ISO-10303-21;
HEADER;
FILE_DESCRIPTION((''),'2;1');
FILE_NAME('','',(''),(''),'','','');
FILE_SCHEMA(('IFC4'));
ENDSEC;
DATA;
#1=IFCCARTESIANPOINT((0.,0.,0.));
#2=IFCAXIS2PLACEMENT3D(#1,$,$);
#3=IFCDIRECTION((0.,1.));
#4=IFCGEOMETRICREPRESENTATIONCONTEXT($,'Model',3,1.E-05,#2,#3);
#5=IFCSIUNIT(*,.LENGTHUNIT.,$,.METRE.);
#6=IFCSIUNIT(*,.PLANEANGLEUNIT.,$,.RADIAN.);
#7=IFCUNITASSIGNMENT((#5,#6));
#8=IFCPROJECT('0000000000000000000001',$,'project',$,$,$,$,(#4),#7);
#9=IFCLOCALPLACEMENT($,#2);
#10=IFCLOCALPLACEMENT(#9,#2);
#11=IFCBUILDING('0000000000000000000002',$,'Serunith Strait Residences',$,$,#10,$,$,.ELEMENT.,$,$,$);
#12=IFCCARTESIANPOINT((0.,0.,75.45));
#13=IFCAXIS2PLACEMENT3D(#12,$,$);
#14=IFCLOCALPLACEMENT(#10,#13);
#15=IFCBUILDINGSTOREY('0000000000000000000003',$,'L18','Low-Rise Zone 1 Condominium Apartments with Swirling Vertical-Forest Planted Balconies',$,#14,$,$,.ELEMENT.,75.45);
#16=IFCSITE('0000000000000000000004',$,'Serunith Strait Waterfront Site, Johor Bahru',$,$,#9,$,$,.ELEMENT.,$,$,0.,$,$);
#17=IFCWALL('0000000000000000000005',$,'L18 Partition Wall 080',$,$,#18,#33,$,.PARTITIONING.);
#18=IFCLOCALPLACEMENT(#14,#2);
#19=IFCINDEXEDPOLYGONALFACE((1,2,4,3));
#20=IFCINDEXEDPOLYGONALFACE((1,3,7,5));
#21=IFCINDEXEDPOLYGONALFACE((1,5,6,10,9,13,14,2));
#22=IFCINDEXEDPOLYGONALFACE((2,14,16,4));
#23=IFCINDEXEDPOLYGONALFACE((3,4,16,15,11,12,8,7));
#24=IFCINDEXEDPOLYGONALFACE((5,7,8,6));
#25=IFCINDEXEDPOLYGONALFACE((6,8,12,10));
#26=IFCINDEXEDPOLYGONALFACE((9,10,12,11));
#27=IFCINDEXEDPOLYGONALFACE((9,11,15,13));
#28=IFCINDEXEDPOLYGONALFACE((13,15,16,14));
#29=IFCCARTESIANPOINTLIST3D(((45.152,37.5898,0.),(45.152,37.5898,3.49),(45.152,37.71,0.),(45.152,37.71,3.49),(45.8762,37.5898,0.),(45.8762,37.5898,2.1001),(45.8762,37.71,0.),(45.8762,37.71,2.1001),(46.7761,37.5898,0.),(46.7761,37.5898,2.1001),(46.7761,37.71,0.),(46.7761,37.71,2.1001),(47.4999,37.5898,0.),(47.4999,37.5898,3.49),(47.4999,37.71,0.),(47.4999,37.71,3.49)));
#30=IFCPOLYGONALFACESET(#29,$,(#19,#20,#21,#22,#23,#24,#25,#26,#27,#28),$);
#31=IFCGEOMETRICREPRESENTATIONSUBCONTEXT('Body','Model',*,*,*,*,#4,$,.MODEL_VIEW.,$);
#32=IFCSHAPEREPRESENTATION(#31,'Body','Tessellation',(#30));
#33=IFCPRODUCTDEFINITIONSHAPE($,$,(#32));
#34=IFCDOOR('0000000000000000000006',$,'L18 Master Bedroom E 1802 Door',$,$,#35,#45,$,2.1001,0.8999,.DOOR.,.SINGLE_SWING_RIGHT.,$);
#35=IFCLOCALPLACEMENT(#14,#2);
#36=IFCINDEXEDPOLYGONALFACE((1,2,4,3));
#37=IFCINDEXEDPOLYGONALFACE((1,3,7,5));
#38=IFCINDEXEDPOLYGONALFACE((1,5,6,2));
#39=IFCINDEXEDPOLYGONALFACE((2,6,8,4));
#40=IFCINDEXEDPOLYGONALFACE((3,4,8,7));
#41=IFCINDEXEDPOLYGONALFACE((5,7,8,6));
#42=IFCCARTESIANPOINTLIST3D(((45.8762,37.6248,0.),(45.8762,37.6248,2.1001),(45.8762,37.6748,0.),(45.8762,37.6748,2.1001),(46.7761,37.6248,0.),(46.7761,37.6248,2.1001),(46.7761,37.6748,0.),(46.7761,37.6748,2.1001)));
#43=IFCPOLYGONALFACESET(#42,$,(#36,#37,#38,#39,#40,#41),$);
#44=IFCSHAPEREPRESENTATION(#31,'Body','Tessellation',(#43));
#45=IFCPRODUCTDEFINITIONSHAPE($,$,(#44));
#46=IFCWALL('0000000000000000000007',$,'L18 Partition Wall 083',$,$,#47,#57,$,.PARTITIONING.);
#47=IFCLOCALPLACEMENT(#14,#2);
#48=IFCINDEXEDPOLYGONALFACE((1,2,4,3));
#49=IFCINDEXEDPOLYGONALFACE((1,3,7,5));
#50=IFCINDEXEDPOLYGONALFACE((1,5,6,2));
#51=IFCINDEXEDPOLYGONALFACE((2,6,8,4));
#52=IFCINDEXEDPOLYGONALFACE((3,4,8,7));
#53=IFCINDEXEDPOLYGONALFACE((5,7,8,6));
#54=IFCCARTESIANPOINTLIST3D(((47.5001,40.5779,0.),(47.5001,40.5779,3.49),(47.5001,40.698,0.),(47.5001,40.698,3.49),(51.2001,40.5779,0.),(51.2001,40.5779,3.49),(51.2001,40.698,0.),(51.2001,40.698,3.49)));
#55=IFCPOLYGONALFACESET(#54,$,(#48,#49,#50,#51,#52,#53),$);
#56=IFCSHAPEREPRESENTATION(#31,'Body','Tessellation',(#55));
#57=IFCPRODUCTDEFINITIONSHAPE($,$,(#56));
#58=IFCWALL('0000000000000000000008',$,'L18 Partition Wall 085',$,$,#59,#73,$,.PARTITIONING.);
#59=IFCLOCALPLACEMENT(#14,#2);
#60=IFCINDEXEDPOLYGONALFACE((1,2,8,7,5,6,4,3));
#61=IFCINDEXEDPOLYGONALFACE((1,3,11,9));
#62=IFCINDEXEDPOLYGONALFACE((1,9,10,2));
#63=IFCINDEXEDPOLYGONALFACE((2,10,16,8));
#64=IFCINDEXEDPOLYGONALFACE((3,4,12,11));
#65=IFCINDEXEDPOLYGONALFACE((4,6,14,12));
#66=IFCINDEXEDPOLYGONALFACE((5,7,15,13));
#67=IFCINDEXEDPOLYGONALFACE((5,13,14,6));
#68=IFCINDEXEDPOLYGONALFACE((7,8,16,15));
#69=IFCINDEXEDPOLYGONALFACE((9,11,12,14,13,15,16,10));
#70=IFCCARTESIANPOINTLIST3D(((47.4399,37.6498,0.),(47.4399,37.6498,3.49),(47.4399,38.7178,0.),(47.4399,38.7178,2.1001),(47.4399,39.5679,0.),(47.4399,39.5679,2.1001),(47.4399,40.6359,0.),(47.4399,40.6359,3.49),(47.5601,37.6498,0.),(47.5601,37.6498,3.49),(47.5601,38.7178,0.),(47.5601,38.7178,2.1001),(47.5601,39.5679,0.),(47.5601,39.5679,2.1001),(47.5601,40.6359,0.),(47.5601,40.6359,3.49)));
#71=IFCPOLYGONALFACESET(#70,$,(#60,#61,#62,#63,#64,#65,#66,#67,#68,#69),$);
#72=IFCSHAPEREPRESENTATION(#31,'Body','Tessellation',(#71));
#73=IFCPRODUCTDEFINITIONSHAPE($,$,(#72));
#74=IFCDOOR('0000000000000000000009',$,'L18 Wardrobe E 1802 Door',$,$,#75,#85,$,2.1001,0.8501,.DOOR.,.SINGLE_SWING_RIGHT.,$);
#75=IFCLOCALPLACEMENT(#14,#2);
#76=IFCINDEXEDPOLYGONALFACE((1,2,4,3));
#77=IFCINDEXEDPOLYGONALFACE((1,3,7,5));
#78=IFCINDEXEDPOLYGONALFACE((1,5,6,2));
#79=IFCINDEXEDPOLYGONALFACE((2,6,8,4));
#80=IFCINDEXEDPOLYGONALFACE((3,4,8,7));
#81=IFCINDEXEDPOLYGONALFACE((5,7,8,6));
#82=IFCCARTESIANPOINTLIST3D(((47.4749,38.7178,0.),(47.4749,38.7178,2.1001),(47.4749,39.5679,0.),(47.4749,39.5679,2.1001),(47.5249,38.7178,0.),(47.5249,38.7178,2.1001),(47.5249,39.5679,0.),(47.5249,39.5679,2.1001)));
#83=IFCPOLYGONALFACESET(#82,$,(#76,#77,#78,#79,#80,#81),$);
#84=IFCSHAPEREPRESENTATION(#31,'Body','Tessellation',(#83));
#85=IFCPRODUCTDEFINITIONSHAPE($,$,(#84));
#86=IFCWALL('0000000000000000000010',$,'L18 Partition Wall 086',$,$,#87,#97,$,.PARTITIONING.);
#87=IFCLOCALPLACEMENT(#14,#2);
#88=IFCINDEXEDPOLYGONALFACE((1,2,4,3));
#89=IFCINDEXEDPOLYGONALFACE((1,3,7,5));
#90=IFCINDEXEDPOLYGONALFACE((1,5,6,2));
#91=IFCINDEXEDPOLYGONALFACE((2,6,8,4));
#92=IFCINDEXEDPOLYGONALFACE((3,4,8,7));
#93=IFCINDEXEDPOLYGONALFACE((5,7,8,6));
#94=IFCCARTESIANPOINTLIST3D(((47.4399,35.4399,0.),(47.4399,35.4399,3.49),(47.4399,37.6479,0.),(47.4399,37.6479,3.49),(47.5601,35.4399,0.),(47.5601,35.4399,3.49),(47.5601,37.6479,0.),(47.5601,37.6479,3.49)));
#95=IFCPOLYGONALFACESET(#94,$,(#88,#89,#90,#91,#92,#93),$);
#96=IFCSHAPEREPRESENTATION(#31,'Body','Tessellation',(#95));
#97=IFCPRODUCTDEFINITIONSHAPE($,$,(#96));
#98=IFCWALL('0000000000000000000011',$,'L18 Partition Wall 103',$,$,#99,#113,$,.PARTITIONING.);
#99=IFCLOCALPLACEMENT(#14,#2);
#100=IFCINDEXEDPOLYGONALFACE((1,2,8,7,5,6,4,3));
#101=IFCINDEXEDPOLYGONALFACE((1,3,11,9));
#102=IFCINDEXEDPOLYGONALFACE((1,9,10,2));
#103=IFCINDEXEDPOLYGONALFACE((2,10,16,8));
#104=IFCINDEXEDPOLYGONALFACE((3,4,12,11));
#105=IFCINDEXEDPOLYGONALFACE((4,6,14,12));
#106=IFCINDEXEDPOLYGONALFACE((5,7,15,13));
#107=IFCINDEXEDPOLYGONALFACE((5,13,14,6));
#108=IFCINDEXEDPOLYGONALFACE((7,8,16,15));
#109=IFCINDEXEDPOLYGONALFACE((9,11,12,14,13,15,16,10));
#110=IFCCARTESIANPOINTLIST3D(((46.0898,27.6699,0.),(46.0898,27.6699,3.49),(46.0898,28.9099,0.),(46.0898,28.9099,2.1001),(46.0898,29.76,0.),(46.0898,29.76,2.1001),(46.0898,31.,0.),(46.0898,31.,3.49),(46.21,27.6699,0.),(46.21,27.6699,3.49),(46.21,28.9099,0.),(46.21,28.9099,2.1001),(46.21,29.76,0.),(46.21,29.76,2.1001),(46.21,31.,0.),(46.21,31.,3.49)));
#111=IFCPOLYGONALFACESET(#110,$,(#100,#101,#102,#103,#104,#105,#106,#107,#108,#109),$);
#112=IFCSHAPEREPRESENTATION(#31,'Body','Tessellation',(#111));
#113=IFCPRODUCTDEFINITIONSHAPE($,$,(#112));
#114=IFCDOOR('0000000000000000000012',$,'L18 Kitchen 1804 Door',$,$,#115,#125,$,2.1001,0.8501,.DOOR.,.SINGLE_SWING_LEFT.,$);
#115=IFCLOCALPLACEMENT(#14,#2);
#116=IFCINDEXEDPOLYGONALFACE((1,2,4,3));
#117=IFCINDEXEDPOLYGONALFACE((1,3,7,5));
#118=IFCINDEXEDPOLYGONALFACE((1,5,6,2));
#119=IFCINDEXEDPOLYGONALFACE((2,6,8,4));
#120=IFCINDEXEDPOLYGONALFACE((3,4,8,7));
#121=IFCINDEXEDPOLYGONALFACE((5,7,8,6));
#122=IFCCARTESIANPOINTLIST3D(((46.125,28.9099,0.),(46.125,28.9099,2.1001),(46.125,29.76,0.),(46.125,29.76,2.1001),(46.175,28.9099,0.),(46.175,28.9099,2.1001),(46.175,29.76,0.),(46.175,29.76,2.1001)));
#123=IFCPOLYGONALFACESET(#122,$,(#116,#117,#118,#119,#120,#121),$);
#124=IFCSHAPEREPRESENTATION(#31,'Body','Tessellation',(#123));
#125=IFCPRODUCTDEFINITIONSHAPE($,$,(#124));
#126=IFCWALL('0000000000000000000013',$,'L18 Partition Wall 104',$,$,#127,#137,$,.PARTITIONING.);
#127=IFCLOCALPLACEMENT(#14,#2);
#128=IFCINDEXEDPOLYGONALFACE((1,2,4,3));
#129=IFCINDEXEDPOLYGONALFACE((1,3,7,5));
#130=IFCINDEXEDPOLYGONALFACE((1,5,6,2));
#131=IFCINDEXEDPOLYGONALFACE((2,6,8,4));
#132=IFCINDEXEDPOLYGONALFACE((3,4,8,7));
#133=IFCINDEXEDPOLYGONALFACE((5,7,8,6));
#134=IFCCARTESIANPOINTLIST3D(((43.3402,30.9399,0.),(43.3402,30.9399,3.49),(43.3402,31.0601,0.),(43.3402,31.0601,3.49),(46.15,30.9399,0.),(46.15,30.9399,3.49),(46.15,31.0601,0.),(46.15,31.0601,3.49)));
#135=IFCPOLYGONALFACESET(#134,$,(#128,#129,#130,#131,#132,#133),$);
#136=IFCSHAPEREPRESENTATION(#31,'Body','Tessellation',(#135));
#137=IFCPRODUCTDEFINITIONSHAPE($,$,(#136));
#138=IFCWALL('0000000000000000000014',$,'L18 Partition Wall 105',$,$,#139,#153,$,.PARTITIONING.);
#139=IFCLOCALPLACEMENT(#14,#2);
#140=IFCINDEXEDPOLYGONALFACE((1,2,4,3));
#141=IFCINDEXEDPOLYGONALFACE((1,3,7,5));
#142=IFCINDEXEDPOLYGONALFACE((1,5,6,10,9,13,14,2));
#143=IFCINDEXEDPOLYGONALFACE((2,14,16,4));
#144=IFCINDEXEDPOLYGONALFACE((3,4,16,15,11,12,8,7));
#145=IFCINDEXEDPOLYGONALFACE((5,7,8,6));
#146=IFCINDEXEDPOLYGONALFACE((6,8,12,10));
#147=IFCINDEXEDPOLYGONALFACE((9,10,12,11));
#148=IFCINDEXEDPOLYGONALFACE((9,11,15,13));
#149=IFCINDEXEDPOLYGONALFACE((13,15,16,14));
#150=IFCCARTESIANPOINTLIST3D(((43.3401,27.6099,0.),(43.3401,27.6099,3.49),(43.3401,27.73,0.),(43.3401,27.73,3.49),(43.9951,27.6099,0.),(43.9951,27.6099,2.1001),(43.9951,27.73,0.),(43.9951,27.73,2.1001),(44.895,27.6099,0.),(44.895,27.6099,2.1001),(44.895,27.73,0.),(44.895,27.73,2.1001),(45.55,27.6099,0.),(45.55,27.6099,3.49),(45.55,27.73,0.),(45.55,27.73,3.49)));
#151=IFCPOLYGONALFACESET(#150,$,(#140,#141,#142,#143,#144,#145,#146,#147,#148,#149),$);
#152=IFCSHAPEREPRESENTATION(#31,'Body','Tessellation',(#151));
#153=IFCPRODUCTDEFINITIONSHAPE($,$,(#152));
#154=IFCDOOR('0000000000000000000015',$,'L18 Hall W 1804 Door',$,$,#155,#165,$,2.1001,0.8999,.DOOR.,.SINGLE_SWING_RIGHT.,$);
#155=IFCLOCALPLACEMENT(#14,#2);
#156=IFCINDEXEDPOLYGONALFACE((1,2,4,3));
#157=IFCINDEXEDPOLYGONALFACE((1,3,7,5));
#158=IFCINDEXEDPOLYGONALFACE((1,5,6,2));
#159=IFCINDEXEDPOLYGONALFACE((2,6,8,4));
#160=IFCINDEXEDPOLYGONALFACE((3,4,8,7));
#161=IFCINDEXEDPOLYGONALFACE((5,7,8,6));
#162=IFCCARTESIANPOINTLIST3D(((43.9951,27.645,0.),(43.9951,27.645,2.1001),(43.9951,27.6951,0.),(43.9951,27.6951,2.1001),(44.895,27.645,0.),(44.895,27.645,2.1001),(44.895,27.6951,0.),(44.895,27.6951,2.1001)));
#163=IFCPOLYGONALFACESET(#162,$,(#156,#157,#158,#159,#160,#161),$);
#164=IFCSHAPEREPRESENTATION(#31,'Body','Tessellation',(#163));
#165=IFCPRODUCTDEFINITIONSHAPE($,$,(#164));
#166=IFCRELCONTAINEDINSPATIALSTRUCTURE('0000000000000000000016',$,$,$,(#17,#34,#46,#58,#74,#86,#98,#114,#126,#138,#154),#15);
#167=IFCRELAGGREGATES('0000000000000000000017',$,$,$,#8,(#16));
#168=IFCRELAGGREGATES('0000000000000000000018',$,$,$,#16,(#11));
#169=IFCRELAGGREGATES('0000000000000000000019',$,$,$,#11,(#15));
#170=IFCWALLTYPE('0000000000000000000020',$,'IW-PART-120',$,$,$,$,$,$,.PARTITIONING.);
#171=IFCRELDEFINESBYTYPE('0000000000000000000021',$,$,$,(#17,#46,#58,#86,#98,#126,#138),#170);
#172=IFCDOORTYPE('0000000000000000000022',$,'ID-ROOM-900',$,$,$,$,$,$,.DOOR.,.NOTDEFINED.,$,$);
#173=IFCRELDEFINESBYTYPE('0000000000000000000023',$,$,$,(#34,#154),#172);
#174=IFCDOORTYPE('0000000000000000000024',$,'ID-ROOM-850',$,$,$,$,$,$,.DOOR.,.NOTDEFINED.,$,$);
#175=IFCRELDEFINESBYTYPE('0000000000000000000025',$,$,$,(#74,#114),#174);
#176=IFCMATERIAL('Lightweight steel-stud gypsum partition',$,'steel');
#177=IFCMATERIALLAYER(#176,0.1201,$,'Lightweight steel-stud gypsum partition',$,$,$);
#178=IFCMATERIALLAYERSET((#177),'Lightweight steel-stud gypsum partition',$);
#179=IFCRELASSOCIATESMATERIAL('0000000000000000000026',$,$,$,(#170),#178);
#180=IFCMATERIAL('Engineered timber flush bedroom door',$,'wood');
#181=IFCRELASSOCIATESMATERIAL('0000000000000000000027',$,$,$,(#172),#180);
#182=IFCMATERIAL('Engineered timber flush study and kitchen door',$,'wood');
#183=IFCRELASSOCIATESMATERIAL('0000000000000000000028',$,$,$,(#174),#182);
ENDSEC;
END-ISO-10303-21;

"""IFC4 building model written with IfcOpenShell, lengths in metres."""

from ifc_helpers import new_model, si_unit, direction, frame, frame_2d, origin, place, context, subcontext, project, spatial, rectangle, extrude, source, transform, mapped, material, layer, layer_set, type_object, element, fill, save


model = new_model("IFC4")

# Units and contexts
model_context = context("Model", 3, precision=1e-05, world=origin(), true_north=direction((0.0, 1.0)))
body_context = subcontext(model_context, "Body", "Model", "MODEL_VIEW")
ifc_project = project(units=[si_unit("LENGTHUNIT", "METRE"), si_unit("PLANEANGLEUNIT", "RADIAN")], contexts=[model_context])

# Site, building, storey
site_placement = place(None, origin())
site = spatial("IfcSite", under=ifc_project, at=site_placement, Name="Serunith Strait Waterfront Site, Johor Bahru", CompositionType="ELEMENT", RefElevation=0.0)
building_placement = place(site_placement, origin())
building = spatial("IfcBuilding", under=site, at=building_placement, Name="Serunith Strait Residences", CompositionType="ELEMENT")
storey_placement = place(building_placement, frame((0.0, 0.0, 75.45)))
storey = spatial("IfcBuildingStorey", under=building, at=storey_placement, Name="L18", Description="Low-Rise Zone 1 Condominium Apartments with Swirling Vertical-Forest Planted Balconies", CompositionType="ELEMENT", Elevation=75.45)

# Wall, opening, door
ifc_material_1 = material(Name="Lightweight steel-stud gypsum partition", Category="steel")
ifc_layer_1 = layer(ifc_material_1, 0.1201, Name="Lightweight steel-stud gypsum partition")
ifc_layer_set_1 = layer_set([ifc_layer_1], Name="Lightweight steel-stud gypsum partition")
wall_type = type_object("IfcWallType", Name="IW-PART-120", PredefinedType="PARTITIONING", material=ifc_layer_set_1)
wall_1_placement = place(storey_placement, frame((45.1521, 37.6499, 0.0), z_axis=(0.0, 0.0, 1.0), x_axis=(1.0, 0.0, 0.0)))
wall_1 = element("IfcWall", 1, at=wall_1_placement, inside=storey, type_object=wall_type, Name="L18 Partition Wall 080", PredefinedType="PARTITIONING", context=body_context, shape_type="SweptSolid", body=[
    extrude(rectangle(XDim=2.3479, YDim=0.1201, at=frame_2d((1.1738, 0.0))), origin(), (0.0, 0.0, 1.0), 3.49),
])
opening_1_placement = place(wall_1_placement, frame((0.7241, 0.0, 0.0)))
opening_1 = element("IfcOpeningElement", 2, at=opening_1_placement, cuts=wall_1, PredefinedType="OPENING", context=body_context, shape_type="SweptSolid", body=[
    extrude(rectangle(XDim=0.8999, YDim=2.1001, at=frame_2d((0.45, 1.05))), frame((0.0, 0.0701, 0.0), z_axis=(0.0, -1.0, 0.0), x_axis=(1.0, 0.0, 0.0)), (0.0, 0.0, 1.0), 0.1401),
])
ifc_material_2 = material(Name="Engineered timber flush bedroom door", Category="wood")
door_type_1 = type_object("IfcDoorType", Name="ID-ROOM-900", OperationType="NOTDEFINED", PredefinedType="DOOR", material=ifc_material_2)
shared_shape_1 = source(origin(), body_context, "Body", "SweptSolid", [
    extrude(rectangle(XDim=0.8999, YDim=2.1001, at=frame_2d((0.45, 1.05))), frame((0.0, 0.0249, 0.0), z_axis=(0.0, -1.0, 0.0), x_axis=(1.0, 0.0, 0.0)), (0.0, 0.0, 1.0), 0.05),
])
door_1_placement = place(opening_1_placement, origin())
door_1 = element("IfcDoor", 3, at=door_1_placement, inside=storey, type_object=door_type_1, Name="L18 Master Bedroom E 1802 Door", OperationType="SINGLE_SWING_RIGHT", OverallHeight=2.1001, OverallWidth=0.8999, PredefinedType="DOOR", context=body_context, shape_type="MappedRepresentation", body=[
    mapped(shared_shape_1, transform((0.0, 0.0, 0.0), scale=1.0)),
])
fill(opening_1, door_1)

# Wall
wall_2_placement = place(storey_placement, frame((47.5, 40.6379, 0.0), z_axis=(0.0, 0.0, 1.0), x_axis=(1.0, 0.0, 0.0)))
element("IfcWall", 4, at=wall_2_placement, inside=storey, type_object=wall_type, Name="L18 Partition Wall 083", PredefinedType="PARTITIONING", context=body_context, shape_type="SweptSolid", body=[
    extrude(rectangle(XDim=3.7, YDim=0.1201, at=frame_2d((1.8501, 0.0))), origin(), (0.0, 0.0, 1.0), 3.49),
])

# Wall, opening, door
wall_3_placement = place(storey_placement, frame((47.5, 40.636, 0.0), z_axis=(0.0, 0.0, 1.0), x_axis=(0.0, -1.0, 0.0)))
wall_3 = element("IfcWall", 5, at=wall_3_placement, inside=storey, type_object=wall_type, Name="L18 Partition Wall 085", PredefinedType="PARTITIONING", context=body_context, shape_type="SweptSolid", body=[
    extrude(rectangle(XDim=2.9861, YDim=0.1201, at=frame_2d((1.4932, 0.0))), origin(), (0.0, 0.0, 1.0), 3.49),
])
opening_2_placement = place(wall_3_placement, frame((1.0681, 0.0, 0.0)))
opening_2 = element("IfcOpeningElement", 6, at=opening_2_placement, cuts=wall_3, PredefinedType="OPENING", context=body_context, shape_type="SweptSolid", body=[
    extrude(rectangle(XDim=0.8501, YDim=2.1001, at=frame_2d((0.425, 1.05))), frame((0.0, 0.0701, 0.0), z_axis=(0.0, -1.0, 0.0), x_axis=(1.0, 0.0, 0.0)), (0.0, 0.0, 1.0), 0.1401),
])
ifc_material_3 = material(Name="Engineered timber flush study and kitchen door", Category="wood")
door_type_2 = type_object("IfcDoorType", Name="ID-ROOM-850", OperationType="NOTDEFINED", PredefinedType="DOOR", material=ifc_material_3)
shared_shape_2 = source(origin(), body_context, "Body", "SweptSolid", [
    extrude(rectangle(XDim=0.8501, YDim=2.1001, at=frame_2d((0.425, 1.05))), frame((0.0, 0.0249, 0.0), z_axis=(0.0, -1.0, 0.0), x_axis=(1.0, 0.0, 0.0)), (0.0, 0.0, 1.0), 0.05),
])
door_2_placement = place(opening_2_placement, origin())
door_2 = element("IfcDoor", 7, at=door_2_placement, inside=storey, type_object=door_type_2, Name="L18 Wardrobe E 1802 Door", OperationType="SINGLE_SWING_RIGHT", OverallHeight=2.1001, OverallWidth=0.8501, PredefinedType="DOOR", context=body_context, shape_type="MappedRepresentation", body=[
    mapped(shared_shape_2, transform((0.0, 0.0, 0.0), scale=1.0)),
])
fill(opening_2, door_2)

# Wall
wall_4_placement = place(storey_placement, frame((47.5, 37.6479, 0.0), z_axis=(0.0, 0.0, 1.0), x_axis=(0.0, -1.0, 0.0)))
element("IfcWall", 8, at=wall_4_placement, inside=storey, type_object=wall_type, Name="L18 Partition Wall 086", PredefinedType="PARTITIONING", context=body_context, shape_type="SweptSolid", body=[
    extrude(rectangle(XDim=2.208, YDim=0.1201, at=frame_2d((1.104, 0.0))), origin(), (0.0, 0.0, 1.0), 3.49),
])

# Wall, opening, door
wall_5_placement = place(storey_placement, frame((46.1499, 27.6699, 0.0), z_axis=(0.0, 0.0, 1.0), x_axis=(0.0, 1.0, 0.0)))
wall_5 = element("IfcWall", 9, at=wall_5_placement, inside=storey, type_object=wall_type, Name="L18 Partition Wall 103", PredefinedType="PARTITIONING", context=body_context, shape_type="SweptSolid", body=[
    extrude(rectangle(XDim=3.3301, YDim=0.1201, at=frame_2d((1.665, 0.0))), origin(), (0.0, 0.0, 1.0), 3.49),
])
opening_3_placement = place(wall_5_placement, frame((1.24, 0.0, 0.0)))
opening_3 = element("IfcOpeningElement", 10, at=opening_3_placement, cuts=wall_5, PredefinedType="OPENING", context=body_context, shape_type="SweptSolid", body=[
    extrude(rectangle(XDim=0.8501, YDim=2.1001, at=frame_2d((0.425, 1.05))), frame((0.0, 0.0701, 0.0), z_axis=(0.0, -1.0, 0.0), x_axis=(1.0, 0.0, 0.0)), (0.0, 0.0, 1.0), 0.1401),
])
door_3_placement = place(opening_3_placement, origin())
door_3 = element("IfcDoor", 11, at=door_3_placement, inside=storey, type_object=door_type_2, Name="L18 Kitchen 1804 Door", OperationType="SINGLE_SWING_LEFT", OverallHeight=2.1001, OverallWidth=0.8501, PredefinedType="DOOR", context=body_context, shape_type="MappedRepresentation", body=[
    mapped(shared_shape_2, transform((0.0, 0.0, 0.0), scale=1.0)),
])
fill(opening_3, door_3)

# Wall
wall_6_placement = place(storey_placement, frame((46.1499, 31.0, 0.0), z_axis=(0.0, 0.0, 1.0), x_axis=(-1.0, 0.0, 0.0)))
element("IfcWall", 12, at=wall_6_placement, inside=storey, type_object=wall_type, Name="L18 Partition Wall 104", PredefinedType="PARTITIONING", context=body_context, shape_type="SweptSolid", body=[
    extrude(rectangle(XDim=2.8098, YDim=0.1201, at=frame_2d((1.4048, 0.0))), origin(), (0.0, 0.0, 1.0), 3.49),
])

# Wall, opening, door
wall_7_placement = place(storey_placement, frame((45.55, 27.6699, 0.0), z_axis=(0.0, 0.0, 1.0), x_axis=(-1.0, 0.0, 0.0)))
wall_7 = element("IfcWall", 13, at=wall_7_placement, inside=storey, type_object=wall_type, Name="L18 Partition Wall 105", PredefinedType="PARTITIONING", context=body_context, shape_type="SweptSolid", body=[
    extrude(rectangle(XDim=2.21, YDim=0.1201, at=frame_2d((1.105, 0.0))), origin(), (0.0, 0.0, 1.0), 3.49),
])
opening_4_placement = place(wall_7_placement, frame((0.655, 0.0, 0.0)))
opening_4 = element("IfcOpeningElement", 14, at=opening_4_placement, cuts=wall_7, PredefinedType="OPENING", context=body_context, shape_type="SweptSolid", body=[
    extrude(rectangle(XDim=0.8999, YDim=2.1001, at=frame_2d((0.45, 1.05))), frame((0.0, 0.0701, 0.0), z_axis=(0.0, -1.0, 0.0), x_axis=(1.0, 0.0, 0.0)), (0.0, 0.0, 1.0), 0.1401),
])
door_4_placement = place(opening_4_placement, origin())
door_4 = element("IfcDoor", 15, at=door_4_placement, inside=storey, type_object=door_type_1, Name="L18 Hall W 1804 Door", OperationType="SINGLE_SWING_RIGHT", OverallHeight=2.1001, OverallWidth=0.8999, PredefinedType="DOOR", context=body_context, shape_type="MappedRepresentation", body=[
    mapped(shared_shape_1, transform((0.0, 0.0, 0.0), scale=1.0)),
])
fill(opening_4, door_4)

save(model, "model.ifc")
